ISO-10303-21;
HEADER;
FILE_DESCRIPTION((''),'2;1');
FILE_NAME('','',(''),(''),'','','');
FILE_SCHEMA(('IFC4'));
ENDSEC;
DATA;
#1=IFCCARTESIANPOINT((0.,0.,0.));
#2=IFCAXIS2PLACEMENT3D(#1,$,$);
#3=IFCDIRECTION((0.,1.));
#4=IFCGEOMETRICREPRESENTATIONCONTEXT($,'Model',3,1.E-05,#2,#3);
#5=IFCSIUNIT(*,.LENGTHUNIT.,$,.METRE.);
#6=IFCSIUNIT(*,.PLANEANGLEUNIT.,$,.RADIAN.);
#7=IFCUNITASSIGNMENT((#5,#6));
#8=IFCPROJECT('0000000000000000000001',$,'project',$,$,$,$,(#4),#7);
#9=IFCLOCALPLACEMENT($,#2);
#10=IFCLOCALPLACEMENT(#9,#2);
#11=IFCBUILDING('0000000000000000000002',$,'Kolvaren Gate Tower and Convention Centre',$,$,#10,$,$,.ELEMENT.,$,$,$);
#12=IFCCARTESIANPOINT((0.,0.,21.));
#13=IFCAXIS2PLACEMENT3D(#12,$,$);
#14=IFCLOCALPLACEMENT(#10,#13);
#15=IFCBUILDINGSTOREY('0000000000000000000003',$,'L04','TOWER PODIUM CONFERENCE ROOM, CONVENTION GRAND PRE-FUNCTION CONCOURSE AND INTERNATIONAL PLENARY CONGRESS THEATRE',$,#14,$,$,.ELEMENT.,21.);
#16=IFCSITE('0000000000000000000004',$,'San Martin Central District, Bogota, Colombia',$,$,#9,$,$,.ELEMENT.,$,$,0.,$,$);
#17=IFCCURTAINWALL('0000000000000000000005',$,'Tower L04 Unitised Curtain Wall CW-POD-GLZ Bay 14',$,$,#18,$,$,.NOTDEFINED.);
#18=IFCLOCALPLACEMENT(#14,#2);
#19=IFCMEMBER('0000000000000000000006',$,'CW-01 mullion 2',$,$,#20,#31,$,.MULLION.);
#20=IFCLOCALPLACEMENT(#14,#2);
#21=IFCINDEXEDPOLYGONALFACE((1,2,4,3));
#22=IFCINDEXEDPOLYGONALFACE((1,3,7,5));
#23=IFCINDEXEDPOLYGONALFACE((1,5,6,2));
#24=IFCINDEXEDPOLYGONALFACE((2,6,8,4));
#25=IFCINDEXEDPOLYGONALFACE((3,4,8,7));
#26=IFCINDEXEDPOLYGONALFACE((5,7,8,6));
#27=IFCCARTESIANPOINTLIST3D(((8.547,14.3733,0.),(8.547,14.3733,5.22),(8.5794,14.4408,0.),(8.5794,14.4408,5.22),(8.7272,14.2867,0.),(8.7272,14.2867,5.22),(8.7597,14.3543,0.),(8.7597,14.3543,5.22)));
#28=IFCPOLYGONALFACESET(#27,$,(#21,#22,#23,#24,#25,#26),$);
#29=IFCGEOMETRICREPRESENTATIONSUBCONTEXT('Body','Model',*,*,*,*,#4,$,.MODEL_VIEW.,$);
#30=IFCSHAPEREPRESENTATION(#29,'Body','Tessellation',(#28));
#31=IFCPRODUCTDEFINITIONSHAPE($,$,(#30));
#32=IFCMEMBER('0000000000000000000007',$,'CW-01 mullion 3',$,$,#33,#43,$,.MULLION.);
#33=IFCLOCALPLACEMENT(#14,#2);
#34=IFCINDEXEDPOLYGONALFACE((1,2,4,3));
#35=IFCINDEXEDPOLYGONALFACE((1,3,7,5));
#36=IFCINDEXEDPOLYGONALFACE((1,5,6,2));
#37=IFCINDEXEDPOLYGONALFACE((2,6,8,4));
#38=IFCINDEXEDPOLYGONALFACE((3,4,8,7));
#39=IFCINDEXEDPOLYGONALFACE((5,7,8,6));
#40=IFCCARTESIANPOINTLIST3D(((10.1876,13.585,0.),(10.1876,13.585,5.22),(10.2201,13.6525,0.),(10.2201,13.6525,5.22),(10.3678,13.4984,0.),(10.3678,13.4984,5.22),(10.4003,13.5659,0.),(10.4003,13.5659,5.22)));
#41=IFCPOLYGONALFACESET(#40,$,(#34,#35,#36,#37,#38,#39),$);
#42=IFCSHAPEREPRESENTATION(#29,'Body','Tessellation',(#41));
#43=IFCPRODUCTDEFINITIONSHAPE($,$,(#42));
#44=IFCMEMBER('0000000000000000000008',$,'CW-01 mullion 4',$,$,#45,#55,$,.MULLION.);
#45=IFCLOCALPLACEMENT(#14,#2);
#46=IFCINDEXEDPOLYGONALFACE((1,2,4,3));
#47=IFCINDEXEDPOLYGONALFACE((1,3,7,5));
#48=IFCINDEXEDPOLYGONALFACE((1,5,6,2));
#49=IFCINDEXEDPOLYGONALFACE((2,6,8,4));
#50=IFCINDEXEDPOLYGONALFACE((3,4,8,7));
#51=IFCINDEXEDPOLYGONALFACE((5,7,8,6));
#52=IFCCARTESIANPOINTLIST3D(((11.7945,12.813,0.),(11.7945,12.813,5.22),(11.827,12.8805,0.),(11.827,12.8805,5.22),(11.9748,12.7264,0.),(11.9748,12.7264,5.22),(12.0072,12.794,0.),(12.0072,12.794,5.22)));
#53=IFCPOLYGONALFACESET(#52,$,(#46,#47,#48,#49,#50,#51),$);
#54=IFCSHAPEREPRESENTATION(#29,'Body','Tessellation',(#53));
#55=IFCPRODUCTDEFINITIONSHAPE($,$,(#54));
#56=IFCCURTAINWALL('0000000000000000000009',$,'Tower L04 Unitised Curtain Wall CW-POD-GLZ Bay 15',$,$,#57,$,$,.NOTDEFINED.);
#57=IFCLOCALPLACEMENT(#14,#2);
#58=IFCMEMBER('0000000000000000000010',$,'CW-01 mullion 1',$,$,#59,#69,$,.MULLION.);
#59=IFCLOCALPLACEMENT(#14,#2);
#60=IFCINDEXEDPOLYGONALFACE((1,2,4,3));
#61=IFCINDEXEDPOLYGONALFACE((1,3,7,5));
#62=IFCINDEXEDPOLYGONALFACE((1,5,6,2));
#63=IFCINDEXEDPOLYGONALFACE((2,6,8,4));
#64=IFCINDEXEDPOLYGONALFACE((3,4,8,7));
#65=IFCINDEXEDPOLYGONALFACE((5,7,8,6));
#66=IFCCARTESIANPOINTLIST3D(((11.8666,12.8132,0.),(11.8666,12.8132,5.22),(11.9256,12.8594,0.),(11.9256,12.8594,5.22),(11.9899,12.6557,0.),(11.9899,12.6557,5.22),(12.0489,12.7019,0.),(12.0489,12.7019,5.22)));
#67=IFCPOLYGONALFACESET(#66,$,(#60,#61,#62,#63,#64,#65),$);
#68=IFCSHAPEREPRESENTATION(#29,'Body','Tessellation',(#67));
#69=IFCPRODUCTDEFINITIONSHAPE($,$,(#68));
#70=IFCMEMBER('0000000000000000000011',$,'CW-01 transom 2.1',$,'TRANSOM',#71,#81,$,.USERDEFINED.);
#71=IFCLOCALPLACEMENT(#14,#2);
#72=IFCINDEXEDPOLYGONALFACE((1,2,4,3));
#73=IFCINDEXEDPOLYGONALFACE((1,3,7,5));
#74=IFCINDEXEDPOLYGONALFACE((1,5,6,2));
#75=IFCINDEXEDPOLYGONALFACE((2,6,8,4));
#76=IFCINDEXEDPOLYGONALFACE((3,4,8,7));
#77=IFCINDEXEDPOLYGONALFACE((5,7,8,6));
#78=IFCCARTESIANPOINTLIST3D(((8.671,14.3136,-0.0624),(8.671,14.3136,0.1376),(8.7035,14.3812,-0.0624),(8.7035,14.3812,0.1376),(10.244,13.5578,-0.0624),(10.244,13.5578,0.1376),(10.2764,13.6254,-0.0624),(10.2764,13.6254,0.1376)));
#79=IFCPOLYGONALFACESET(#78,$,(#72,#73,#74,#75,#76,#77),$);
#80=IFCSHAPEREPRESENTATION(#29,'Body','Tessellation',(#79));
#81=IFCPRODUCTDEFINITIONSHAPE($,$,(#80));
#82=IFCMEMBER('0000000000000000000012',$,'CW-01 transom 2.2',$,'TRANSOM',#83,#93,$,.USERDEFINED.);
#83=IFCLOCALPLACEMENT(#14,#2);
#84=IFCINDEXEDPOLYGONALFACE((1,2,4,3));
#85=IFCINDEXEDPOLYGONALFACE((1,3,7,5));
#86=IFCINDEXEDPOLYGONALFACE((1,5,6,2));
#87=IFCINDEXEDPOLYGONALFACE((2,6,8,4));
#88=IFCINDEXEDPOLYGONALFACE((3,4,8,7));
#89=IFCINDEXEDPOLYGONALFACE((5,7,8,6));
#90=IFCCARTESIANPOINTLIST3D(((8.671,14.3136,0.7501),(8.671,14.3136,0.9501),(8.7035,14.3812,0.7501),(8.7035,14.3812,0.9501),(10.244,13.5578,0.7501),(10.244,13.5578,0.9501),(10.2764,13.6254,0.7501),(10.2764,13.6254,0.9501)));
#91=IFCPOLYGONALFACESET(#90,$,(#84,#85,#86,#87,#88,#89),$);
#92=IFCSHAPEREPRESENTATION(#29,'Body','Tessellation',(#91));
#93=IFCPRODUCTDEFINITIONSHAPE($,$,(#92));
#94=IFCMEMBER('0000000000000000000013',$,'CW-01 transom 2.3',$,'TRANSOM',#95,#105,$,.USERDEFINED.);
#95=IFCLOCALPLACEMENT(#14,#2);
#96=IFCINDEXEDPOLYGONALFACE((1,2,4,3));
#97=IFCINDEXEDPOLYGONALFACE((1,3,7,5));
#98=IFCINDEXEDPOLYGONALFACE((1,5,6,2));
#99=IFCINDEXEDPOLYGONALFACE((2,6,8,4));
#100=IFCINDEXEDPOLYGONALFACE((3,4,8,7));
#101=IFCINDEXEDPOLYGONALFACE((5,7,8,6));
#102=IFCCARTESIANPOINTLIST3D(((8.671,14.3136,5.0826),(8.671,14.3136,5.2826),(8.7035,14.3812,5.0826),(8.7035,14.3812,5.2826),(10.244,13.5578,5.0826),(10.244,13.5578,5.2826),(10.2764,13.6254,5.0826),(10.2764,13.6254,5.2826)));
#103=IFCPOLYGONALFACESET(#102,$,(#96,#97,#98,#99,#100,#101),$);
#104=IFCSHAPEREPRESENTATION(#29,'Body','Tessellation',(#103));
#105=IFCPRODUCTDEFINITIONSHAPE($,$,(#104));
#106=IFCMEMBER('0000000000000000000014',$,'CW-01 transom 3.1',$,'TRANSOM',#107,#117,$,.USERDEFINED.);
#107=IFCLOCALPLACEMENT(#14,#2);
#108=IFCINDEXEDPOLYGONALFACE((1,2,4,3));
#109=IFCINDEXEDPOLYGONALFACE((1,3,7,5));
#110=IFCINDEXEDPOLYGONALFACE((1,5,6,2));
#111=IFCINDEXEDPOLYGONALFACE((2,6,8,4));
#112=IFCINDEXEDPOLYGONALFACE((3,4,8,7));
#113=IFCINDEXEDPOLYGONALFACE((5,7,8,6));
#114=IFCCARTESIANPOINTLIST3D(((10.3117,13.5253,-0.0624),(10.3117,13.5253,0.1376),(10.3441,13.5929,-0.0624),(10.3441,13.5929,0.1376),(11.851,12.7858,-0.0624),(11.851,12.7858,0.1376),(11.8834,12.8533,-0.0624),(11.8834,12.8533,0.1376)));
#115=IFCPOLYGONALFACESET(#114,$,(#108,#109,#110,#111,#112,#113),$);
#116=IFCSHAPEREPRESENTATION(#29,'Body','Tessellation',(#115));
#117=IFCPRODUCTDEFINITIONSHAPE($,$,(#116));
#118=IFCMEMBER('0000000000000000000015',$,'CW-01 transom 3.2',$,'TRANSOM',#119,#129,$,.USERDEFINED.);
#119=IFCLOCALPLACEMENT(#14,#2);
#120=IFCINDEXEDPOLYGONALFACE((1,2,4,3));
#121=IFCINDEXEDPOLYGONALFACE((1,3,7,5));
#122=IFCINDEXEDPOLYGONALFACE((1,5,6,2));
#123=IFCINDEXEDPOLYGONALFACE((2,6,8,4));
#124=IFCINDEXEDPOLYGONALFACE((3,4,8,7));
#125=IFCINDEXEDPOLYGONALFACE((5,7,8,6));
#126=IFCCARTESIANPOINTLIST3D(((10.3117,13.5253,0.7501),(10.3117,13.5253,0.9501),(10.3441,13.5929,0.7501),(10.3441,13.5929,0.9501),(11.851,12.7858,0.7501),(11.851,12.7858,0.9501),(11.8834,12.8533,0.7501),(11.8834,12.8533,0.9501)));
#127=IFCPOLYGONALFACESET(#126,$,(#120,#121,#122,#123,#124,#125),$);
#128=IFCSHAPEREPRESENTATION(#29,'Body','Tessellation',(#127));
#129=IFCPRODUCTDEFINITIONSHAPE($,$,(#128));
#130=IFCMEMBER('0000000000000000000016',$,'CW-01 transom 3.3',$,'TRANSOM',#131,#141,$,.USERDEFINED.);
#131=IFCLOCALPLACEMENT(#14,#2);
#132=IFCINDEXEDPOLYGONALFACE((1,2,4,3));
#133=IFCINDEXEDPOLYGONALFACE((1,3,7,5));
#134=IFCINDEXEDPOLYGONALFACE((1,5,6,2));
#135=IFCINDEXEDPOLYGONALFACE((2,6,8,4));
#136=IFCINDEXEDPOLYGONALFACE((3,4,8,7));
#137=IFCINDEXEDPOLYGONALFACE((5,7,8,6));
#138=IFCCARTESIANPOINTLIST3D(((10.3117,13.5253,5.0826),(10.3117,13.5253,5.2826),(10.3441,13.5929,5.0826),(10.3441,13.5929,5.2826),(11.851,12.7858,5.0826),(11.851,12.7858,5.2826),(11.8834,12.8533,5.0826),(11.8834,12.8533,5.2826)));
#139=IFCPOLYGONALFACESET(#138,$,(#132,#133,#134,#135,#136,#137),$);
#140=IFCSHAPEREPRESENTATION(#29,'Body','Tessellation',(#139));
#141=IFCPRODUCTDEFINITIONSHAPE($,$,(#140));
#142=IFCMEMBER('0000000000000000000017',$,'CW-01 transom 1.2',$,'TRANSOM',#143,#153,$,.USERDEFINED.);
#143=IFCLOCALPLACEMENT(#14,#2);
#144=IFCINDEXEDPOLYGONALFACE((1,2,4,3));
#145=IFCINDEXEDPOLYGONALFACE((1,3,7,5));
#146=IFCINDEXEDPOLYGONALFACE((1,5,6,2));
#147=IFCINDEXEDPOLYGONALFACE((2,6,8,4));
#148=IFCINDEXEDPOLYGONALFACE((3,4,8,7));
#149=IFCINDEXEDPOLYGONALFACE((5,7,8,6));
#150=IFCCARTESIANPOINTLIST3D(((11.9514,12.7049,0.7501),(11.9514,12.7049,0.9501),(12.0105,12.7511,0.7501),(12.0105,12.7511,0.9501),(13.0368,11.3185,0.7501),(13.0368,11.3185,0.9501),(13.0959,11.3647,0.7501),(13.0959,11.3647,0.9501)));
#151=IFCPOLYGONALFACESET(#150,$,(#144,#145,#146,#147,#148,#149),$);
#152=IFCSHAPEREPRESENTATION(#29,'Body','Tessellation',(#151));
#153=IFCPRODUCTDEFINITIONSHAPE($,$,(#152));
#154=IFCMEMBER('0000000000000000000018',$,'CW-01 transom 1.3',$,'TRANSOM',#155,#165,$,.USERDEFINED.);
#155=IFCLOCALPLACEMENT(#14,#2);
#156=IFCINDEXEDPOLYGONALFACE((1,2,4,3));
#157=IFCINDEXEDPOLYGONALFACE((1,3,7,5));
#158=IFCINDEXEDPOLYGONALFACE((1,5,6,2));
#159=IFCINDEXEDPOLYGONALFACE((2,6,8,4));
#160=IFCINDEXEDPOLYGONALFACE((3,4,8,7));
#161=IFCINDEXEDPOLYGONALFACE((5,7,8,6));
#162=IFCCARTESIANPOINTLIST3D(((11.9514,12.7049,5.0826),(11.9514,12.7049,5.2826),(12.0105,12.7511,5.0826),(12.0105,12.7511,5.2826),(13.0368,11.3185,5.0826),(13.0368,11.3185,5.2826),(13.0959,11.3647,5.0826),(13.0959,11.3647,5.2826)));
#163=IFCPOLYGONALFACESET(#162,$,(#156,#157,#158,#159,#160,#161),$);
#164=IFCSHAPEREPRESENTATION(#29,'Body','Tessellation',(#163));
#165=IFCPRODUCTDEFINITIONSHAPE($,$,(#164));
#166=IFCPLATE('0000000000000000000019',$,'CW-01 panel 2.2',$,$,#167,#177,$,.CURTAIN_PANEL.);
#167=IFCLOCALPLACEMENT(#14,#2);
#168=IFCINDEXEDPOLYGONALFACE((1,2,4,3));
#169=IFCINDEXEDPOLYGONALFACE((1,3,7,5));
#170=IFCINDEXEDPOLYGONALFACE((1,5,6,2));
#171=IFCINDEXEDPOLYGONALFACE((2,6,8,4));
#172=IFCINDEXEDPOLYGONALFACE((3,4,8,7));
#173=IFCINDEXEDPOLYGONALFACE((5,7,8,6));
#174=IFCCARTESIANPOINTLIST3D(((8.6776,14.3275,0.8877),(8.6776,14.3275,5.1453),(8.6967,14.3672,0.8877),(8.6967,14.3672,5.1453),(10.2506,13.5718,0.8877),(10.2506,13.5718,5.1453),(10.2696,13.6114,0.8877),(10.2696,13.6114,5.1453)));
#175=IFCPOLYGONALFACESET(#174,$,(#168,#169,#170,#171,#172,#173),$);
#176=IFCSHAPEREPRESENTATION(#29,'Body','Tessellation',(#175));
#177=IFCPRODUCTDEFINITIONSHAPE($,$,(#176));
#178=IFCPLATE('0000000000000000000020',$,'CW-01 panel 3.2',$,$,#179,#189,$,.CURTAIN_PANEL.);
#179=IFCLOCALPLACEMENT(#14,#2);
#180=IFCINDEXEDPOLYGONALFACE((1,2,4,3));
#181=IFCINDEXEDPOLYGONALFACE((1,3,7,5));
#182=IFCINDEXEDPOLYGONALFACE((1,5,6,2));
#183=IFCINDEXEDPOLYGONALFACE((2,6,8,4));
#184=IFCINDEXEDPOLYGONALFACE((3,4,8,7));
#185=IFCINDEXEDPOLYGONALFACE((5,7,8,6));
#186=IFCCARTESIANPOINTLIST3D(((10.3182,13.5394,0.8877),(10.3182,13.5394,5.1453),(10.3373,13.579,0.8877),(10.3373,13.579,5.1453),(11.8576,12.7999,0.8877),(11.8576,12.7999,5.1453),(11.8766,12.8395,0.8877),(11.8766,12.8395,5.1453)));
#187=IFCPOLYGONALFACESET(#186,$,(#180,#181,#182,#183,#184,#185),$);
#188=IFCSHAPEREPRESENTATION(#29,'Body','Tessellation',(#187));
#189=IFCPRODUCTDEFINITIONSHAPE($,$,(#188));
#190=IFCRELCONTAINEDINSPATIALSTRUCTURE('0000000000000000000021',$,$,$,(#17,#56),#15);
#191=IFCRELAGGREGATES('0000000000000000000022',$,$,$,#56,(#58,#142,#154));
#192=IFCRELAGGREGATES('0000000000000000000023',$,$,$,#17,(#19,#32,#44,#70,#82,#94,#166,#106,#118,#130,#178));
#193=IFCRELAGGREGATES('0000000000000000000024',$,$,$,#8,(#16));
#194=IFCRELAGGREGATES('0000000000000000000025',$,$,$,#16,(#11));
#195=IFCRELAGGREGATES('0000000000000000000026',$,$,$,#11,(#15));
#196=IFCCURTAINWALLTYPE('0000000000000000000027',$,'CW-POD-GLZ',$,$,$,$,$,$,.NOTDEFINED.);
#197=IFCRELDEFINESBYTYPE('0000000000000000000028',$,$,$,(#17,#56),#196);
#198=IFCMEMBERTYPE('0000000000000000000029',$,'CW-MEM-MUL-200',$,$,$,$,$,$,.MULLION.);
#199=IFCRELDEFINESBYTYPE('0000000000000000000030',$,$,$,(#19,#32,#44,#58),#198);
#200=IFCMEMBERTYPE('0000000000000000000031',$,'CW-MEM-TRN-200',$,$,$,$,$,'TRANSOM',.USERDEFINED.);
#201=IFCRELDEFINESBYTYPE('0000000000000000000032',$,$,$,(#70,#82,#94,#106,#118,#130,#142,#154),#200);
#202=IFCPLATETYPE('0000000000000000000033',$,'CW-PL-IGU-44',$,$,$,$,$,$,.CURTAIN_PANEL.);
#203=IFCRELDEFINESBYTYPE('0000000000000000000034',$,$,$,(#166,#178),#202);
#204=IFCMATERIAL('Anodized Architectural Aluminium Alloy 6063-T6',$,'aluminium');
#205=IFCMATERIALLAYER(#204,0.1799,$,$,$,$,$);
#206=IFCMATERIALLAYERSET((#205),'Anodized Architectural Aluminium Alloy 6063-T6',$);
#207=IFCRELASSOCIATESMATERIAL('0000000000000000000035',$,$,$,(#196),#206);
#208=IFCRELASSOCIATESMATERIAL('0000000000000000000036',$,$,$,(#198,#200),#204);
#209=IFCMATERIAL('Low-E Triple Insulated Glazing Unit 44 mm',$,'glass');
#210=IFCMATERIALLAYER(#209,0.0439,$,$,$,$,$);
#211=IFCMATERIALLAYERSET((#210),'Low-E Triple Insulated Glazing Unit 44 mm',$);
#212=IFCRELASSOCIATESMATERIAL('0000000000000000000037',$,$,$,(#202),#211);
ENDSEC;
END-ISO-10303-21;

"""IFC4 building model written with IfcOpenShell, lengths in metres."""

from ifc_helpers import new_model, si_unit, direction, frame, origin, origin_2d, place, context, subcontext, project, spatial, rectangle, extrude, material, layer, layer_set, material_profile, profile_set, type_object, element, aggregate, save


model = new_model("IFC4")

# Units and contexts
model_context = context("Model", 3, precision=1e-05, world=origin(), true_north=direction((0.0, 1.0)))
body_context = subcontext(model_context, "Body", "Model", "MODEL_VIEW")
ifc_project = project(units=[si_unit("LENGTHUNIT", "METRE"), si_unit("PLANEANGLEUNIT", "RADIAN")], contexts=[model_context])

# Site, building, storey
site_placement = place(None, origin())
site = spatial("IfcSite", under=ifc_project, at=site_placement, Name="San Martin Central District, Bogota, Colombia", CompositionType="ELEMENT", RefElevation=0.0)
building_placement = place(site_placement, origin())
building = spatial("IfcBuilding", under=site, at=building_placement, Name="Kolvaren Gate Tower and Convention Centre", CompositionType="ELEMENT")
storey_placement = place(building_placement, frame((0.0, 0.0, 21.0)))
storey = spatial("IfcBuildingStorey", under=building, at=storey_placement, Name="L04", Description="TOWER PODIUM CONFERENCE ROOM, CONVENTION GRAND PRE-FUNCTION CONCOURSE AND INTERNATIONAL PLENARY CONGRESS THEATRE", CompositionType="ELEMENT", Elevation=21.0)

# Curtain wall, members
ifc_material_1 = material(Name="Anodized Architectural Aluminium Alloy 6063-T6", Category="aluminium")
ifc_layer_1 = layer(ifc_material_1, 0.1799)
ifc_layer_set_1 = layer_set([ifc_layer_1], Name="Anodized Architectural Aluminium Alloy 6063-T6")
curtain_wall_type = type_object("IfcCurtainWallType", Name="CW-POD-GLZ", PredefinedType="NOTDEFINED", material=ifc_layer_set_1)
curtain_wall_1_placement = place(storey_placement, origin())
curtain_wall_1 = element("IfcCurtainWall", 1, at=curtain_wall_1_placement, inside=storey, type_object=curtain_wall_type, Name="Tower L04 Unitised Curtain Wall CW-POD-GLZ Bay 14", PredefinedType="NOTDEFINED")
ifc_material_profile_1 = material_profile(ifc_material_1, rectangle(XDim=0.075, YDim=0.2, at=origin_2d()), Name="CW-MEM-MUL-200")
ifc_profile_set_1 = profile_set([ifc_material_profile_1], Name="Anodized Architectural Aluminium Alloy 6063-T6")
member_type_1 = type_object("IfcMemberType", Name="CW-MEM-MUL-200", PredefinedType="MULLION", material=ifc_profile_set_1)
member_1_placement = place(storey_placement, frame((8.6533, 14.3638, 0.0), z_axis=(0.0, 0.0, 1.0), x_axis=(0.433057, 0.901367, 0.0)))
member_1 = element("IfcMember", 2, at=member_1_placement, type_object=member_type_1, Name="CW-01 mullion 2", PredefinedType="MULLION", context=body_context, shape_type="SweptSolid", body=[
    extrude(rectangle(XDim=0.075, YDim=0.2, at=origin_2d()), origin(), (0.0, 0.0, 1.0), 5.22),
])
member_2_placement = place(storey_placement, frame((10.2939, 13.5754, 0.0), z_axis=(0.0, 0.0, 1.0), x_axis=(0.433057, 0.901367, 0.0)))
member_2 = element("IfcMember", 3, at=member_2_placement, type_object=member_type_1, Name="CW-01 mullion 3", PredefinedType="MULLION", context=body_context, shape_type="SweptSolid", body=[
    extrude(rectangle(XDim=0.075, YDim=0.2, at=origin_2d()), origin(), (0.0, 0.0, 1.0), 5.22),
])
member_3_placement = place(storey_placement, frame((11.9009, 12.8035, 0.0), z_axis=(0.0, 0.0, 1.0), x_axis=(0.433057, 0.901367, 0.0)))
member_3 = element("IfcMember", 4, at=member_3_placement, type_object=member_type_1, Name="CW-01 mullion 4", PredefinedType="MULLION", context=body_context, shape_type="SweptSolid", body=[
    extrude(rectangle(XDim=0.075, YDim=0.2, at=origin_2d()), origin(), (0.0, 0.0, 1.0), 5.22),
])

# Curtain wall, member
curtain_wall_2_placement = place(storey_placement, origin())
curtain_wall_2 = element("IfcCurtainWall", 5, at=curtain_wall_2_placement, inside=storey, type_object=curtain_wall_type, Name="Tower L04 Unitised Curtain Wall CW-POD-GLZ Bay 15", PredefinedType="NOTDEFINED")
member_4_placement = place(storey_placement, frame((11.9578, 12.7576, 0.0), z_axis=(0.0, 0.0, 1.0), x_axis=(0.787417, 0.616421, 0.0)))
member_4 = element("IfcMember", 6, at=member_4_placement, type_object=member_type_1, Name="CW-01 mullion 1", PredefinedType="MULLION", context=body_context, shape_type="SweptSolid", body=[
    extrude(rectangle(XDim=0.075, YDim=0.2, at=origin_2d()), origin(), (0.0, 0.0, 1.0), 5.22),
])

# Members
ifc_material_profile_2 = material_profile(ifc_material_1, rectangle(XDim=0.075, YDim=0.2, at=origin_2d()), Name="CW-MEM-TRN-200")
ifc_profile_set_2 = profile_set([ifc_material_profile_2], Name="Anodized Architectural Aluminium Alloy 6063-T6")
member_type_2 = type_object("IfcMemberType", Name="CW-MEM-TRN-200", ElementType="TRANSOM", PredefinedType="USERDEFINED", material=ifc_profile_set_2)
member_5_placement = place(storey_placement, frame((8.6873, 14.3474, 0.0376), z_axis=(0.90134, -0.433113, 0.0), x_axis=(0.433113, 0.90134, 0.0)))
member_5 = element("IfcMember", 7, at=member_5_placement, type_object=member_type_2, Name="CW-01 transom 2.1", ObjectType="TRANSOM", PredefinedType="USERDEFINED", context=body_context, shape_type="SweptSolid", body=[
    extrude(rectangle(XDim=0.075, YDim=0.2, at=origin_2d()), origin(), (0.0, 0.0, 1.0), 1.7451),
])
member_6_placement = place(storey_placement, frame((8.6873, 14.3474, 0.8501), z_axis=(0.90134, -0.433113, 0.0), x_axis=(0.433113, 0.90134, 0.0)))
member_6 = element("IfcMember", 8, at=member_6_placement, type_object=member_type_2, Name="CW-01 transom 2.2", ObjectType="TRANSOM", PredefinedType="USERDEFINED", context=body_context, shape_type="SweptSolid", body=[
    extrude(rectangle(XDim=0.075, YDim=0.2, at=origin_2d()), origin(), (0.0, 0.0, 1.0), 1.7451),
])
member_7_placement = place(storey_placement, frame((8.6873, 14.3474, 5.1826), z_axis=(0.90134, -0.433113, 0.0), x_axis=(0.433113, 0.90134, 0.0)))
member_7 = element("IfcMember", 9, at=member_7_placement, type_object=member_type_2, Name="CW-01 transom 2.3", ObjectType="TRANSOM", PredefinedType="USERDEFINED", context=body_context, shape_type="SweptSolid", body=[
    extrude(rectangle(XDim=0.075, YDim=0.2, at=origin_2d()), origin(), (0.0, 0.0, 1.0), 1.7451),
])
member_8_placement = place(storey_placement, frame((10.3279, 13.5591, 0.0376), z_axis=(0.901378, -0.433033, 0.0), x_axis=(0.433033, 0.901378, 0.0)))
member_8 = element("IfcMember", 10, at=member_8_placement, type_object=member_type_2, Name="CW-01 transom 3.1", ObjectType="TRANSOM", PredefinedType="USERDEFINED", context=body_context, shape_type="SweptSolid", body=[
    extrude(rectangle(XDim=0.075, YDim=0.2, at=origin_2d()), origin(), (0.0, 0.0, 1.0), 1.7078),
])
member_9_placement = place(storey_placement, frame((10.3279, 13.5591, 0.8501), z_axis=(0.901378, -0.433033, 0.0), x_axis=(0.433033, 0.901378, 0.0)))
member_9 = element("IfcMember", 11, at=member_9_placement, type_object=member_type_2, Name="CW-01 transom 3.2", ObjectType="TRANSOM", PredefinedType="USERDEFINED", context=body_context, shape_type="SweptSolid", body=[
    extrude(rectangle(XDim=0.075, YDim=0.2, at=origin_2d()), origin(), (0.0, 0.0, 1.0), 1.7078),
])
member_10_placement = place(storey_placement, frame((10.3279, 13.5591, 5.1826), z_axis=(0.901378, -0.433033, 0.0), x_axis=(0.433033, 0.901378, 0.0)))
member_10 = element("IfcMember", 12, at=member_10_placement, type_object=member_type_2, Name="CW-01 transom 3.3", ObjectType="TRANSOM", PredefinedType="USERDEFINED", context=body_context, shape_type="SweptSolid", body=[
    extrude(rectangle(XDim=0.075, YDim=0.2, at=origin_2d()), origin(), (0.0, 0.0, 1.0), 1.7078),
])
member_11_placement = place(storey_placement, frame((11.981, 12.728, 0.8501), z_axis=(0.616443, -0.7874, 0.0), x_axis=(0.7874, 0.616443, 0.0)))
member_11 = element("IfcMember", 13, at=member_11_placement, type_object=member_type_2, Name="CW-01 transom 1.2", ObjectType="TRANSOM", PredefinedType="USERDEFINED", context=body_context, shape_type="SweptSolid", body=[
    extrude(rectangle(XDim=0.075, YDim=0.2, at=origin_2d()), origin(), (0.0, 0.0, 1.0), 1.7607),
])
member_12_placement = place(storey_placement, frame((11.981, 12.728, 5.1826), z_axis=(0.616443, -0.7874, 0.0), x_axis=(0.7874, 0.616443, 0.0)))
member_12 = element("IfcMember", 14, at=member_12_placement, type_object=member_type_2, Name="CW-01 transom 1.3", ObjectType="TRANSOM", PredefinedType="USERDEFINED", context=body_context, shape_type="SweptSolid", body=[
    extrude(rectangle(XDim=0.075, YDim=0.2, at=origin_2d()), origin(), (0.0, 0.0, 1.0), 1.7607),
])
aggregate(curtain_wall_2, [member_4, member_11, member_12])

# Plates
ifc_material_2 = material(Name="Low-E Triple Insulated Glazing Unit 44 mm", Category="glass")
ifc_layer_2 = layer(ifc_material_2, 0.0439)
ifc_layer_set_2 = layer_set([ifc_layer_2], Name="Low-E Triple Insulated Glazing Unit 44 mm")
plate_type_1 = type_object("IfcPlateType", Name="CW-PL-IGU-44", PredefinedType="CURTAIN_PANEL", material=ifc_layer_set_2)
plate_1_placement = place(storey_placement, frame((9.4736, 13.9695, 0.8877), z_axis=(0.0, 0.0, 1.0), x_axis=(0.901367, -0.433057, 0.0)))
plate_1 = element("IfcPlate", 15, at=plate_1_placement, type_object=plate_type_1, Name="CW-01 panel 2.2", PredefinedType="CURTAIN_PANEL", context=body_context, shape_type="SweptSolid", body=[
    extrude(rectangle(XDim=1.7451, YDim=0.0439, at=origin_2d()), origin(), (0.0, 0.0, 1.0), 4.2576),
])
plate_2_placement = place(storey_placement, frame((11.0974, 13.1895, 0.8877), z_axis=(0.0, 0.0, 1.0), x_axis=(0.901367, -0.433057, 0.0)))
plate_2 = element("IfcPlate", 16, at=plate_2_placement, type_object=plate_type_1, Name="CW-01 panel 3.2", PredefinedType="CURTAIN_PANEL", context=body_context, shape_type="SweptSolid", body=[
    extrude(rectangle(XDim=1.7078, YDim=0.0439, at=origin_2d()), origin(), (0.0, 0.0, 1.0), 4.2576),
])
aggregate(curtain_wall_1, [member_1, member_2, member_3, member_5, member_6, member_7, plate_1, member_8, member_9, member_10, plate_2])

save(model, "model.ifc")
